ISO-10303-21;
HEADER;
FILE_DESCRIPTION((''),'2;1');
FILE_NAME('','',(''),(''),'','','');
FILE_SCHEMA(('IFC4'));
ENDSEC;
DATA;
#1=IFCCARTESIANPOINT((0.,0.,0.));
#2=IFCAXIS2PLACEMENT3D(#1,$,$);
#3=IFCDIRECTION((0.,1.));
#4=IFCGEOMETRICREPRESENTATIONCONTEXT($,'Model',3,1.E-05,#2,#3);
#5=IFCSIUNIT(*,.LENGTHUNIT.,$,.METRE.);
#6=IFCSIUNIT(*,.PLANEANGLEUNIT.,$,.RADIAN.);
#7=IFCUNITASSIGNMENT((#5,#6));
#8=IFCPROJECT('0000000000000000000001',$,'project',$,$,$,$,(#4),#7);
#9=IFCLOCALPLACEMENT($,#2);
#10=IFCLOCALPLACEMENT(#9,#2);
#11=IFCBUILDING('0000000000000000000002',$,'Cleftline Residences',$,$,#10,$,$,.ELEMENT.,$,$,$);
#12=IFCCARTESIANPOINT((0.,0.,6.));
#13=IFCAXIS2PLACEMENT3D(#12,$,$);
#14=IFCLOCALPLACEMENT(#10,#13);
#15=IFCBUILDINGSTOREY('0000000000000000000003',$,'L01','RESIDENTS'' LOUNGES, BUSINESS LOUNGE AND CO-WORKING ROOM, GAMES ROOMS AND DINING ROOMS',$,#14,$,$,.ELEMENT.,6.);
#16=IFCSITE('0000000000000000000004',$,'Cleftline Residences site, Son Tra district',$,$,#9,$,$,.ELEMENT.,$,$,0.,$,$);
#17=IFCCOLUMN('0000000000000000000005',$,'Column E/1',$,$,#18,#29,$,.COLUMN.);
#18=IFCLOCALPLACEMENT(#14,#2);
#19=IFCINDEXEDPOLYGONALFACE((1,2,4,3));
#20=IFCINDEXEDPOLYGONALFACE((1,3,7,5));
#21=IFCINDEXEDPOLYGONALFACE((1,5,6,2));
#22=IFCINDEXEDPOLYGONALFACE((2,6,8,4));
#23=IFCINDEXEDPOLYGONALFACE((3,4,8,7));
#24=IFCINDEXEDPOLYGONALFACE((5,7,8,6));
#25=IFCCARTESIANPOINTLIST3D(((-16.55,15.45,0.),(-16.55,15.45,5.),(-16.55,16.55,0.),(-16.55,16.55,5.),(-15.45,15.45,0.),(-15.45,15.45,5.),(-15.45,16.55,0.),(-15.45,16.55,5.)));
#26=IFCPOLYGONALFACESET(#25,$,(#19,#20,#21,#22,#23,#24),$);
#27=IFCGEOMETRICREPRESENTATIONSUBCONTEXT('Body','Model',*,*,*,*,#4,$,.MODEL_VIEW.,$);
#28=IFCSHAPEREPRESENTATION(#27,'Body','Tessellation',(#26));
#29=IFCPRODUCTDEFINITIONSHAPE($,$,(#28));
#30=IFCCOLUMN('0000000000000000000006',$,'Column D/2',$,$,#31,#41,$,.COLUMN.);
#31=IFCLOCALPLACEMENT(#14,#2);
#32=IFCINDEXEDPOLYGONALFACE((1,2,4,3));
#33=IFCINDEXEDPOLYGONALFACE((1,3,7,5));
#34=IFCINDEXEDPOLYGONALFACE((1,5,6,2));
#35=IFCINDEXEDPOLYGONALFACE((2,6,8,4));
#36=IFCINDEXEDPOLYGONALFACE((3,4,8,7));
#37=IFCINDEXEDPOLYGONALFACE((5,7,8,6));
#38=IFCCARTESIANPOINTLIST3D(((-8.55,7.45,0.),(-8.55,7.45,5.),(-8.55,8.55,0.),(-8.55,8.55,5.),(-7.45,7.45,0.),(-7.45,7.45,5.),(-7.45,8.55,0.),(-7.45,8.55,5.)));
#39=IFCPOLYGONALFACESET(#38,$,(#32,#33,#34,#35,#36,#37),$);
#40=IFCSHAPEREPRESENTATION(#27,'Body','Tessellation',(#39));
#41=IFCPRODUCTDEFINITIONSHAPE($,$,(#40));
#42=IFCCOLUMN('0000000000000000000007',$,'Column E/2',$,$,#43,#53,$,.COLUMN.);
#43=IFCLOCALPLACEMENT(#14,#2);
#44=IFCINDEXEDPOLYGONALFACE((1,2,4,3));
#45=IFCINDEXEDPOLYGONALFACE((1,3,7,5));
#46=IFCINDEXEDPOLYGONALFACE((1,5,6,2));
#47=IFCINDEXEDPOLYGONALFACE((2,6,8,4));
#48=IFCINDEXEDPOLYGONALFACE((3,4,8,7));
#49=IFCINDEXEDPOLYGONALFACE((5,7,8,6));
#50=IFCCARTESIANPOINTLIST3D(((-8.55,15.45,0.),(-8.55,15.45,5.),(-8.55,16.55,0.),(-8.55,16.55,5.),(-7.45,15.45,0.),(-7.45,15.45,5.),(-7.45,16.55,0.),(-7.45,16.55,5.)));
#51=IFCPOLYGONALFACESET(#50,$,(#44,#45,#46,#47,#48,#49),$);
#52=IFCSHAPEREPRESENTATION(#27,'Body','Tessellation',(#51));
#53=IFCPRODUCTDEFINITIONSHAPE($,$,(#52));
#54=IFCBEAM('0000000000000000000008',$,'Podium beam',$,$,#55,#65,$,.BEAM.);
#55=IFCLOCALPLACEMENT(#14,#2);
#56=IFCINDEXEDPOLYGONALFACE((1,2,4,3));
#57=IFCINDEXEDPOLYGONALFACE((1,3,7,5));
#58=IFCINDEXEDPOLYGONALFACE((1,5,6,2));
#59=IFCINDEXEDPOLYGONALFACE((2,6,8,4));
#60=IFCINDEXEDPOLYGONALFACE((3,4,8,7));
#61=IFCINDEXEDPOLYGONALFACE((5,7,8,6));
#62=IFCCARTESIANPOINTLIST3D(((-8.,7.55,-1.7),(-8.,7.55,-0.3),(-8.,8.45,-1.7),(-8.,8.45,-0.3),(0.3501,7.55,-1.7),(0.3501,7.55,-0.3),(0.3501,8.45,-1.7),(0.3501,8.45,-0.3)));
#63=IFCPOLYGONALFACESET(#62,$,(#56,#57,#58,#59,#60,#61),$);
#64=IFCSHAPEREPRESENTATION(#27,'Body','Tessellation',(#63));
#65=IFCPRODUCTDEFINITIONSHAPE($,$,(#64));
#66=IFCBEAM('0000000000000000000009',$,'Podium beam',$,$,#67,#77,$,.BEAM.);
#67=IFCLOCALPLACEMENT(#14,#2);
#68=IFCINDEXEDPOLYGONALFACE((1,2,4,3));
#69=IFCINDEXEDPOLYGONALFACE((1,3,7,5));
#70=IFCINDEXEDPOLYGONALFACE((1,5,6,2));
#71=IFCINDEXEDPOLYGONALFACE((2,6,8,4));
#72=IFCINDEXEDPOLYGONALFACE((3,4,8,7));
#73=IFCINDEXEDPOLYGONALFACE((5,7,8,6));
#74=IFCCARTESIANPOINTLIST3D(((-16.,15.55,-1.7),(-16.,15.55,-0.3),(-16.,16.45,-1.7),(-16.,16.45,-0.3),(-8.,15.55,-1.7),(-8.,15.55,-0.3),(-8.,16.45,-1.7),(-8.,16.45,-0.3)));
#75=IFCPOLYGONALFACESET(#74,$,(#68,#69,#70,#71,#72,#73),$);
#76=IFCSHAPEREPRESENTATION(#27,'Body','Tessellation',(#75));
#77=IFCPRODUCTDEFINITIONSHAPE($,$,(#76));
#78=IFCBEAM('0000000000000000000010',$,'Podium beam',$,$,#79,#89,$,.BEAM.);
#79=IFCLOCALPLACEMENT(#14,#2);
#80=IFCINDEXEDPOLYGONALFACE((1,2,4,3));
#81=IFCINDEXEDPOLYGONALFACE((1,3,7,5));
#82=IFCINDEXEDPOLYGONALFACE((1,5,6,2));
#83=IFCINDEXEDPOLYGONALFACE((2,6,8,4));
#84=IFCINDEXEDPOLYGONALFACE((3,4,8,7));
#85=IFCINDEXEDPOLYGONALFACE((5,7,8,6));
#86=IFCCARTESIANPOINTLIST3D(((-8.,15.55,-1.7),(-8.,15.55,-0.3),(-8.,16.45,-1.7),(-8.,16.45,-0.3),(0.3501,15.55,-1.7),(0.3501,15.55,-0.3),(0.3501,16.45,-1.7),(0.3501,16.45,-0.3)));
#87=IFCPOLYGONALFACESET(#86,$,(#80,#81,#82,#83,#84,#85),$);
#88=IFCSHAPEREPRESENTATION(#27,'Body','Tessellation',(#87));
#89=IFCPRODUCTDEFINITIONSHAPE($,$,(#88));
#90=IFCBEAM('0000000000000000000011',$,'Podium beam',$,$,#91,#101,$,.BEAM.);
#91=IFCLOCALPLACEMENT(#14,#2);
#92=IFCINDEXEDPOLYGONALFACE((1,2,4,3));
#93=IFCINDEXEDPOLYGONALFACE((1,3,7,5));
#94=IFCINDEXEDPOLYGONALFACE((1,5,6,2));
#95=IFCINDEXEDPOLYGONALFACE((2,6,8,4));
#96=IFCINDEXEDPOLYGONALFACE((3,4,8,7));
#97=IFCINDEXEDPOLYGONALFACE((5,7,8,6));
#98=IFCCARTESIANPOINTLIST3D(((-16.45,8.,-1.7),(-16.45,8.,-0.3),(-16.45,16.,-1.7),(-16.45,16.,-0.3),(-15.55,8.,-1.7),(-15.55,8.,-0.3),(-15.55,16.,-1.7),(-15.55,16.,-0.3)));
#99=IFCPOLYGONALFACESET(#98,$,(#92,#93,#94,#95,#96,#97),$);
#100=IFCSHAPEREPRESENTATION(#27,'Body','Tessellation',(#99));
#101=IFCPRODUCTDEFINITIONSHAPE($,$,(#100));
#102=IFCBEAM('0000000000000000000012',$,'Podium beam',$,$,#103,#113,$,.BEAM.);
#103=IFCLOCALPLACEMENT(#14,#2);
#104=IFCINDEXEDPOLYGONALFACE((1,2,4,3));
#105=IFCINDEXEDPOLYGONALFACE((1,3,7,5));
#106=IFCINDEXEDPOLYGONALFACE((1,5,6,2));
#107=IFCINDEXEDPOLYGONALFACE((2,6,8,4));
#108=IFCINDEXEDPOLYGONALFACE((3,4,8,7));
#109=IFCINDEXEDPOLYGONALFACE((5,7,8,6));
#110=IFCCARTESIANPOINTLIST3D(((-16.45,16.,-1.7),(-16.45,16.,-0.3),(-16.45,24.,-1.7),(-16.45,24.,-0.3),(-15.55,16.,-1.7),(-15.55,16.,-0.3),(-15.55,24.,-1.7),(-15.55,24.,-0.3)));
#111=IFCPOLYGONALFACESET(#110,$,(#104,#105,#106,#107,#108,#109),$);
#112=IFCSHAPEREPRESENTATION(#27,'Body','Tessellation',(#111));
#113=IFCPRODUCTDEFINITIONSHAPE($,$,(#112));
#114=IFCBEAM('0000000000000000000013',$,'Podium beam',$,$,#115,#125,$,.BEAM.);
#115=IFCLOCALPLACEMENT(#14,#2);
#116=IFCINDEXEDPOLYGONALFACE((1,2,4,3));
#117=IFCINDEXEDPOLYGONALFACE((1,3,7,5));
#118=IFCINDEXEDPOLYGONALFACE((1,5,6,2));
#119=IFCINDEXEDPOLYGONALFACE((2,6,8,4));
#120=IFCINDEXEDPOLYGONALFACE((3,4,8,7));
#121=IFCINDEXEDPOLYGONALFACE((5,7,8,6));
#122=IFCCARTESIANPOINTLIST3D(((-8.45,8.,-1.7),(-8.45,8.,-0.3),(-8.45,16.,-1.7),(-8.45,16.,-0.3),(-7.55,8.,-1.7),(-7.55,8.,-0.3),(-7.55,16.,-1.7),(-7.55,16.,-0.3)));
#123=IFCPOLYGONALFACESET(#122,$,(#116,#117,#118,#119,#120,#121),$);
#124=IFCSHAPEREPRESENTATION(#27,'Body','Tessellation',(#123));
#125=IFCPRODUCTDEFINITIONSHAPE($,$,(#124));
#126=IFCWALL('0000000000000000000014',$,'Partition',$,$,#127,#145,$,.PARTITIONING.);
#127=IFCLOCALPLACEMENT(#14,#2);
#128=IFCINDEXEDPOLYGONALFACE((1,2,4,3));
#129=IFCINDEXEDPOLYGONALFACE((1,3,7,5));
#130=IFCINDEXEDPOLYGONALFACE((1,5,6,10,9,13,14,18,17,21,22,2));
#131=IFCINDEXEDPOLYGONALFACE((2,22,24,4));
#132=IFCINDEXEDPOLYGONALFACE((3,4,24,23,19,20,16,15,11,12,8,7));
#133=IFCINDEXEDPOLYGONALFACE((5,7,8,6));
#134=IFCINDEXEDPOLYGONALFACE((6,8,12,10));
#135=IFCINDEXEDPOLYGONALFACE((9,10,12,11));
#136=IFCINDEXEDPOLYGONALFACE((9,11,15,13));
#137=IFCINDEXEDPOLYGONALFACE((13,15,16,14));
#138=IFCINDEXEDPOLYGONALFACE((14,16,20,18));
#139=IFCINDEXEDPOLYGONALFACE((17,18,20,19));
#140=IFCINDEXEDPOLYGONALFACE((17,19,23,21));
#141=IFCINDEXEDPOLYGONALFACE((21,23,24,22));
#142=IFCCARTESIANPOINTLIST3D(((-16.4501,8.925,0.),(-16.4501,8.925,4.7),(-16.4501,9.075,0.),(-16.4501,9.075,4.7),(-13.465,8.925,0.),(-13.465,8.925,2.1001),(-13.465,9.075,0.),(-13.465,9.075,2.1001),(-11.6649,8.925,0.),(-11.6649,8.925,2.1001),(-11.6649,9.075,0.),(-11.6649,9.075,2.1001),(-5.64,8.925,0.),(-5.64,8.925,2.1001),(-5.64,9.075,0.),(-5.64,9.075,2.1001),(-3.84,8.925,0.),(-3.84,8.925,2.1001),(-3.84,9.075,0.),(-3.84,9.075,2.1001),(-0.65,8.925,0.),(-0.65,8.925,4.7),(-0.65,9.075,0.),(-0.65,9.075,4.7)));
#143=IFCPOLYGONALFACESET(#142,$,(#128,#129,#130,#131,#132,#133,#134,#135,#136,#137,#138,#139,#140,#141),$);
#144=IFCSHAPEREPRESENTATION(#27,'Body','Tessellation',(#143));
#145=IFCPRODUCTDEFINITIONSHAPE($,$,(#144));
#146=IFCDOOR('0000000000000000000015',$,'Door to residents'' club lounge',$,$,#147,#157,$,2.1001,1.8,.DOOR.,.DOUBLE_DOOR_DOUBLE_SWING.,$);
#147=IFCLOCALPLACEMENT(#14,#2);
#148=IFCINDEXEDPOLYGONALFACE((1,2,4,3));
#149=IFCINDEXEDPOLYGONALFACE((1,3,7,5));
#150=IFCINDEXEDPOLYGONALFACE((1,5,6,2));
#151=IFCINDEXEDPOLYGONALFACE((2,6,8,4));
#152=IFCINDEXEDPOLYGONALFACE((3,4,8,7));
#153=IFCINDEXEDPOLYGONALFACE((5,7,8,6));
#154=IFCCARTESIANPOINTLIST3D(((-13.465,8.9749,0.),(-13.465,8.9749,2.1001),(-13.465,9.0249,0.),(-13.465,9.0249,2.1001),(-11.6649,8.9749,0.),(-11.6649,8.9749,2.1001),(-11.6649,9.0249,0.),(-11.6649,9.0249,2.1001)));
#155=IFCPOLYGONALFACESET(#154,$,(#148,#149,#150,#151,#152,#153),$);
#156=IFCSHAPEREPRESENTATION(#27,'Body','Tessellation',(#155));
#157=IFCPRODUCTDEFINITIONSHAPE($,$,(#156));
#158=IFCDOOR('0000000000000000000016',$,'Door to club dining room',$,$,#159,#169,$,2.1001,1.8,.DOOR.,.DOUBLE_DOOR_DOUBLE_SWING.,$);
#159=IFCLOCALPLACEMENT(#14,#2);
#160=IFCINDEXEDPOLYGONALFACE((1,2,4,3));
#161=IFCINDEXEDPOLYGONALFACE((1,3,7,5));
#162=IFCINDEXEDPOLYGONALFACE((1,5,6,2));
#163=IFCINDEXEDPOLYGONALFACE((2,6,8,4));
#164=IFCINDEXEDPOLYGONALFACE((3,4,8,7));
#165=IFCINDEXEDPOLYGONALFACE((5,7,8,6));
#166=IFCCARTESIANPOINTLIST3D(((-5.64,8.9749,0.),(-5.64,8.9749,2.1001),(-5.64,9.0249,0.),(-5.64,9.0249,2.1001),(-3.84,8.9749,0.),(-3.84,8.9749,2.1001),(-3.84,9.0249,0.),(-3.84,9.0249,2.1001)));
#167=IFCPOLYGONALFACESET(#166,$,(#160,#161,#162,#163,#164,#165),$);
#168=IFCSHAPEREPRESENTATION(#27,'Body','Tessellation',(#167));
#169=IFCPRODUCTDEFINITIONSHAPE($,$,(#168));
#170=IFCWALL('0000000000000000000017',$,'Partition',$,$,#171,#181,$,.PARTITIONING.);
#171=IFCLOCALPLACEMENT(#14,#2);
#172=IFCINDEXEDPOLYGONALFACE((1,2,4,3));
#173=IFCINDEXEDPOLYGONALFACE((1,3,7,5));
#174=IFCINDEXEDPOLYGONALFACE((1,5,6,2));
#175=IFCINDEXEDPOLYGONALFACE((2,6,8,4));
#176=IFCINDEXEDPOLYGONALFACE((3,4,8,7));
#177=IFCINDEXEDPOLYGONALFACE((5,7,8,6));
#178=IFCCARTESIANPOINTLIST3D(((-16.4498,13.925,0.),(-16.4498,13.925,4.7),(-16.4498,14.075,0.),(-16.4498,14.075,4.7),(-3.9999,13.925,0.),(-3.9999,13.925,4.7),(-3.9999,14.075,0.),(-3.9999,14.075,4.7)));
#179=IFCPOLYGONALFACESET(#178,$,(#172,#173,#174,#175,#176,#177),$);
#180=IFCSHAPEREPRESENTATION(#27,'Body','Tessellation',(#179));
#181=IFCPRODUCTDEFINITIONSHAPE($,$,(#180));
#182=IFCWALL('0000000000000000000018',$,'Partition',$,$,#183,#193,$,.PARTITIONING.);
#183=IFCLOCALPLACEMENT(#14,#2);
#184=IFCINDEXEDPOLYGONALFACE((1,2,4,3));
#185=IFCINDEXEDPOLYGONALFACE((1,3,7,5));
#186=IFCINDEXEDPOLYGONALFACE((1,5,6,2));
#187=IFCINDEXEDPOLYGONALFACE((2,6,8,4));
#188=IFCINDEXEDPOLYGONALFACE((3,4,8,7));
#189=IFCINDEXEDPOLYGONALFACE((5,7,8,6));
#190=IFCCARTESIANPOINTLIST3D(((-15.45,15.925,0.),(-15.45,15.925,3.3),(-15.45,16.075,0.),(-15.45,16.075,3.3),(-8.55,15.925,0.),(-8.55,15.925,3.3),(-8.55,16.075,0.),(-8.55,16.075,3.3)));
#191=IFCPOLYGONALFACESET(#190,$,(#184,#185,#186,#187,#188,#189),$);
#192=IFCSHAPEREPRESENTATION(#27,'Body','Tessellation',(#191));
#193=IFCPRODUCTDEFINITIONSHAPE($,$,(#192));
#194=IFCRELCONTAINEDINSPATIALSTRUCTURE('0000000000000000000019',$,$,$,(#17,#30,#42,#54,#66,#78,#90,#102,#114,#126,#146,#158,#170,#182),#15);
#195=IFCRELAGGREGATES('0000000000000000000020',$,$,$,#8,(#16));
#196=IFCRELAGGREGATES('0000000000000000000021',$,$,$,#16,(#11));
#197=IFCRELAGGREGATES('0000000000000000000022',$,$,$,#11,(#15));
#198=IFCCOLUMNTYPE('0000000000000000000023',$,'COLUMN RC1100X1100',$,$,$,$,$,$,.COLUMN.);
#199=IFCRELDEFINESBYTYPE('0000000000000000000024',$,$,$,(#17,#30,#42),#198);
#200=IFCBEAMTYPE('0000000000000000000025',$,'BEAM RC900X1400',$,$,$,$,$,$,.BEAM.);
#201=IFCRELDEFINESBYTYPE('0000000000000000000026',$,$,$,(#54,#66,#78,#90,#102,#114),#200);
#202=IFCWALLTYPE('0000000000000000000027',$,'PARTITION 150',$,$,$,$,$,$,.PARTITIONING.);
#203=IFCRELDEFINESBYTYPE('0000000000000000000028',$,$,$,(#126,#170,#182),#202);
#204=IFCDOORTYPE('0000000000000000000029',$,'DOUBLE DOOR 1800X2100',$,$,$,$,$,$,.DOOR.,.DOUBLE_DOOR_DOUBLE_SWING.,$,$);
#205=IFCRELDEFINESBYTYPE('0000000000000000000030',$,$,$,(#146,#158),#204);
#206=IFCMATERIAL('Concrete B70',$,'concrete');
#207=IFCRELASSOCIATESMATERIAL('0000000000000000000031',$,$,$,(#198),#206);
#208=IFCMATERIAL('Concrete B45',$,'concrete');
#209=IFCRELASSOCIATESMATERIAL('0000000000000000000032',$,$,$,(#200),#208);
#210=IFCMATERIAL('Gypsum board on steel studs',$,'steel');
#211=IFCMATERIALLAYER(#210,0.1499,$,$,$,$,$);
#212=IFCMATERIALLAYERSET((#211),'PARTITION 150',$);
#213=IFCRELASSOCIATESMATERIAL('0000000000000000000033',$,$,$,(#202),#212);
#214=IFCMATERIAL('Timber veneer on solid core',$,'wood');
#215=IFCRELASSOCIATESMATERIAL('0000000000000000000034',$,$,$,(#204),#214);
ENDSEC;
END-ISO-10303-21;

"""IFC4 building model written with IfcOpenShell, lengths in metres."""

from ifc_helpers import new_model, si_unit, direction, frame, frame_2d, origin, origin_2d, place, context, subcontext, project, spatial, rectangle, extrude, material, layer, layer_set, material_profile, profile_set, type_object, element, fill, save


model = new_model("IFC4")

# Units and contexts
model_context = context("Model", 3, precision=1e-05, world=origin(), true_north=direction((0.0, 1.0)))
body_context = subcontext(model_context, "Body", "Model", "MODEL_VIEW")
ifc_project = project(units=[si_unit("LENGTHUNIT", "METRE"), si_unit("PLANEANGLEUNIT", "RADIAN")], contexts=[model_context])

# Site, building, storey
site_placement = place(None, origin())
site = spatial("IfcSite", under=ifc_project, at=site_placement, Name="Cleftline Residences site, Son Tra district", CompositionType="ELEMENT", RefElevation=0.0)
building_placement = place(site_placement, origin())
building = spatial("IfcBuilding", under=site, at=building_placement, Name="Cleftline Residences", CompositionType="ELEMENT")
storey_placement = place(building_placement, frame((0.0, 0.0, 6.0)))
storey = spatial("IfcBuildingStorey", under=building, at=storey_placement, Name="L01", Description="RESIDENTS' LOUNGES, BUSINESS LOUNGE AND CO-WORKING ROOM, GAMES ROOMS AND DINING ROOMS", CompositionType="ELEMENT", Elevation=6.0)

# Columns
ifc_material_1 = material(Name="Concrete B70", Category="concrete")
ifc_material_profile_1 = material_profile(ifc_material_1, rectangle(XDim=1.1001, YDim=1.1001, at=origin_2d()))
ifc_profile_set_1 = profile_set([ifc_material_profile_1], Name="Concrete B70")
column_type = type_object("IfcColumnType", Name="COLUMN RC1100X1100", PredefinedType="COLUMN", material=ifc_profile_set_1)
for number, where, z_axis, x_axis, name in (
    (1, (-16.0, 16.0, 0.0), (0.0, 0.0, 1.0), (1.0, 0.0, 0.0), "Column E/1"),
    (2, (-8.0, 8.0, 0.0), (0.0, 0.0, 1.0), (1.0, 0.0, 0.0), "Column D/2"),
    (3, (-8.0, 16.0, 0.0), (0.0, 0.0, 1.0), (1.0, 0.0, 0.0), "Column E/2"),
):
    element("IfcColumn", number, at=place(storey_placement, frame(where, z_axis=z_axis, x_axis=x_axis)), inside=storey, type_object=column_type, Name=name, PredefinedType="COLUMN", context=body_context, shape_type="SweptSolid", body=[
        extrude(rectangle(XDim=1.1001, YDim=1.1001, at=origin_2d()), origin(), (0.0, 0.0, 1.0), 5.0),
    ])

# Beams
ifc_material_2 = material(Name="Concrete B45", Category="concrete")
ifc_material_profile_2 = material_profile(ifc_material_2, rectangle(XDim=0.8999, YDim=1.3999, at=origin_2d()))
ifc_profile_set_2 = profile_set([ifc_material_profile_2], Name="Concrete B45")
beam_type = type_object("IfcBeamType", Name="BEAM RC900X1400", PredefinedType="BEAM", material=ifc_profile_set_2)
beam_1_placement = place(storey_placement, frame((-8.0, 8.0, -1.0), z_axis=(1.0, 0.0, 0.0), x_axis=(0.0, 1.0, 0.0)))
element("IfcBeam", 4, at=beam_1_placement, inside=storey, type_object=beam_type, Name="Podium beam", PredefinedType="BEAM", context=body_context, shape_type="SweptSolid", body=[
    extrude(rectangle(XDim=0.8999, YDim=1.3999, at=origin_2d()), origin(), (0.0, 0.0, 1.0), 8.3501),
])
beam_2_placement = place(storey_placement, frame((-16.0, 16.0, -1.0), z_axis=(1.0, 0.0, 0.0), x_axis=(0.0, 1.0, 0.0)))
element("IfcBeam", 5, at=beam_2_placement, inside=storey, type_object=beam_type, Name="Podium beam", PredefinedType="BEAM", context=body_context, shape_type="SweptSolid", body=[
    extrude(rectangle(XDim=0.8999, YDim=1.3999, at=origin_2d()), origin(), (0.0, 0.0, 1.0), 8.0),
])
beam_3_placement = place(storey_placement, frame((-8.0, 16.0, -1.0), z_axis=(1.0, 0.0, 0.0), x_axis=(0.0, 1.0, 0.0)))
element("IfcBeam", 6, at=beam_3_placement, inside=storey, type_object=beam_type, Name="Podium beam", PredefinedType="BEAM", context=body_context, shape_type="SweptSolid", body=[
    extrude(rectangle(XDim=0.8999, YDim=1.3999, at=origin_2d()), origin(), (0.0, 0.0, 1.0), 8.3501),
])
for number, where, z_axis, x_axis, name in (
    (7, (-16.0, 8.0, -1.0), (0.0, 1.0, 0.0), (-1.0, 0.0, 0.0), "Podium beam"),
    (8, (-16.0, 16.0, -1.0), (0.0, 1.0, 0.0), (-1.0, 0.0, 0.0), "Podium beam"),
    (9, (-8.0, 8.0, -1.0), (0.0, 1.0, 0.0), (-1.0, 0.0, 0.0), "Podium beam"),
):
    element("IfcBeam", number, at=place(storey_placement, frame(where, z_axis=z_axis, x_axis=x_axis)), inside=storey, type_object=beam_type, Name=name, PredefinedType="BEAM", context=body_context, shape_type="SweptSolid", body=[
        extrude(rectangle(XDim=0.8999, YDim=1.3999, at=origin_2d()), origin(), (0.0, 0.0, 1.0), 8.0),
    ])

# Wall, openings, doors
ifc_material_3 = material(Name="Gypsum board on steel studs", Category="steel")
ifc_layer = layer(ifc_material_3, 0.1499)
ifc_layer_set = layer_set([ifc_layer], Name="PARTITION 150")
wall_type = type_object("IfcWallType", Name="PARTITION 150", PredefinedType="PARTITIONING", material=ifc_layer_set)
wall_1_placement = place(storey_placement, frame((-16.45, 9.0, 0.0), z_axis=(0.0, 0.0, 1.0), x_axis=(1.0, 0.0, 0.0)))
wall_1 = element("IfcWall", 10, at=wall_1_placement, inside=storey, type_object=wall_type, Name="Partition", PredefinedType="PARTITIONING", context=body_context, shape_type="SweptSolid", body=[
    extrude(rectangle(XDim=15.8, YDim=0.1499, at=frame_2d((7.8999, 0.0))), origin(), (0.0, 0.0, 1.0), 4.7),
])
opening_1_placement = place(wall_1_placement, frame((2.9851, 0.0, 0.0)))
opening_1 = element("IfcOpeningElement", 11, at=opening_1_placement, cuts=wall_1, PredefinedType="OPENING", context=body_context, shape_type="SweptSolid", body=[
    extrude(rectangle(XDim=1.8, YDim=2.1001, at=frame_2d((0.8999, 1.05))), frame((0.0, 0.085, 0.0), z_axis=(0.0, -1.0, 0.0), x_axis=(1.0, 0.0, 0.0)), (0.0, 0.0, 1.0), 0.1699),
])
opening_2_placement = place(wall_1_placement, frame((10.8101, 0.0, 0.0)))
opening_2 = element("IfcOpeningElement", 12, at=opening_2_placement, cuts=wall_1, PredefinedType="OPENING", context=body_context, shape_type="SweptSolid", body=[
    extrude(rectangle(XDim=1.8, YDim=2.1001, at=frame_2d((0.8999, 1.05))), frame((0.0, 0.085, 0.0), z_axis=(0.0, -1.0, 0.0), x_axis=(1.0, 0.0, 0.0)), (0.0, 0.0, 1.0), 0.1699),
])
ifc_material_4 = material(Name="Timber veneer on solid core", Category="wood")
door_type = type_object("IfcDoorType", Name="DOUBLE DOOR 1800X2100", OperationType="DOUBLE_DOOR_DOUBLE_SWING", PredefinedType="DOOR", material=ifc_material_4)
door_1_placement = place(opening_1_placement, origin())
door_1 = element("IfcDoor", 13, at=door_1_placement, inside=storey, type_object=door_type, Name="Door to residents' club lounge", OperationType="DOUBLE_DOOR_DOUBLE_SWING", OverallHeight=2.1001, OverallWidth=1.8, PredefinedType="DOOR", context=body_context, shape_type="SweptSolid", body=[
    extrude(rectangle(XDim=1.8, YDim=2.1001, at=frame_2d((0.8999, 1.05))), frame((0.0, 0.0249, 0.0), z_axis=(0.0, -1.0, 0.0), x_axis=(1.0, 0.0, 0.0)), (0.0, 0.0, 1.0), 0.05),
])
fill(opening_1, door_1)
door_2_placement = place(opening_2_placement, origin())
door_2 = element("IfcDoor", 14, at=door_2_placement, inside=storey, type_object=door_type, Name="Door to club dining room", OperationType="DOUBLE_DOOR_DOUBLE_SWING", OverallHeight=2.1001, OverallWidth=1.8, PredefinedType="DOOR", context=body_context, shape_type="SweptSolid", body=[
    extrude(rectangle(XDim=1.8, YDim=2.1001, at=frame_2d((0.8999, 1.05))), frame((0.0, 0.0249, 0.0), z_axis=(0.0, -1.0, 0.0), x_axis=(1.0, 0.0, 0.0)), (0.0, 0.0, 1.0), 0.05),
])
fill(opening_2, door_2)

# Walls
wall_2_placement = place(storey_placement, frame((-16.45, 14.0, 0.0), z_axis=(0.0, 0.0, 1.0), x_axis=(1.0, 0.0, 0.0)))
element("IfcWall", 15, at=wall_2_placement, inside=storey, type_object=wall_type, Name="Partition", PredefinedType="PARTITIONING", context=body_context, shape_type="SweptSolid", body=[
    extrude(rectangle(XDim=12.45, YDim=0.1499, at=frame_2d((6.2251, 0.0))), origin(), (0.0, 0.0, 1.0), 4.7),
])
wall_3_placement = place(storey_placement, frame((-15.45, 16.0, 0.0), z_axis=(0.0, 0.0, 1.0), x_axis=(1.0, 0.0, 0.0)))
element("IfcWall", 16, at=wall_3_placement, inside=storey, type_object=wall_type, Name="Partition", PredefinedType="PARTITIONING", context=body_context, shape_type="SweptSolid", body=[
    extrude(rectangle(XDim=6.8999, YDim=0.1499, at=frame_2d((3.45, 0.0))), origin(), (0.0, 0.0, 1.0), 3.3),
])

save(model, "model.ifc")
